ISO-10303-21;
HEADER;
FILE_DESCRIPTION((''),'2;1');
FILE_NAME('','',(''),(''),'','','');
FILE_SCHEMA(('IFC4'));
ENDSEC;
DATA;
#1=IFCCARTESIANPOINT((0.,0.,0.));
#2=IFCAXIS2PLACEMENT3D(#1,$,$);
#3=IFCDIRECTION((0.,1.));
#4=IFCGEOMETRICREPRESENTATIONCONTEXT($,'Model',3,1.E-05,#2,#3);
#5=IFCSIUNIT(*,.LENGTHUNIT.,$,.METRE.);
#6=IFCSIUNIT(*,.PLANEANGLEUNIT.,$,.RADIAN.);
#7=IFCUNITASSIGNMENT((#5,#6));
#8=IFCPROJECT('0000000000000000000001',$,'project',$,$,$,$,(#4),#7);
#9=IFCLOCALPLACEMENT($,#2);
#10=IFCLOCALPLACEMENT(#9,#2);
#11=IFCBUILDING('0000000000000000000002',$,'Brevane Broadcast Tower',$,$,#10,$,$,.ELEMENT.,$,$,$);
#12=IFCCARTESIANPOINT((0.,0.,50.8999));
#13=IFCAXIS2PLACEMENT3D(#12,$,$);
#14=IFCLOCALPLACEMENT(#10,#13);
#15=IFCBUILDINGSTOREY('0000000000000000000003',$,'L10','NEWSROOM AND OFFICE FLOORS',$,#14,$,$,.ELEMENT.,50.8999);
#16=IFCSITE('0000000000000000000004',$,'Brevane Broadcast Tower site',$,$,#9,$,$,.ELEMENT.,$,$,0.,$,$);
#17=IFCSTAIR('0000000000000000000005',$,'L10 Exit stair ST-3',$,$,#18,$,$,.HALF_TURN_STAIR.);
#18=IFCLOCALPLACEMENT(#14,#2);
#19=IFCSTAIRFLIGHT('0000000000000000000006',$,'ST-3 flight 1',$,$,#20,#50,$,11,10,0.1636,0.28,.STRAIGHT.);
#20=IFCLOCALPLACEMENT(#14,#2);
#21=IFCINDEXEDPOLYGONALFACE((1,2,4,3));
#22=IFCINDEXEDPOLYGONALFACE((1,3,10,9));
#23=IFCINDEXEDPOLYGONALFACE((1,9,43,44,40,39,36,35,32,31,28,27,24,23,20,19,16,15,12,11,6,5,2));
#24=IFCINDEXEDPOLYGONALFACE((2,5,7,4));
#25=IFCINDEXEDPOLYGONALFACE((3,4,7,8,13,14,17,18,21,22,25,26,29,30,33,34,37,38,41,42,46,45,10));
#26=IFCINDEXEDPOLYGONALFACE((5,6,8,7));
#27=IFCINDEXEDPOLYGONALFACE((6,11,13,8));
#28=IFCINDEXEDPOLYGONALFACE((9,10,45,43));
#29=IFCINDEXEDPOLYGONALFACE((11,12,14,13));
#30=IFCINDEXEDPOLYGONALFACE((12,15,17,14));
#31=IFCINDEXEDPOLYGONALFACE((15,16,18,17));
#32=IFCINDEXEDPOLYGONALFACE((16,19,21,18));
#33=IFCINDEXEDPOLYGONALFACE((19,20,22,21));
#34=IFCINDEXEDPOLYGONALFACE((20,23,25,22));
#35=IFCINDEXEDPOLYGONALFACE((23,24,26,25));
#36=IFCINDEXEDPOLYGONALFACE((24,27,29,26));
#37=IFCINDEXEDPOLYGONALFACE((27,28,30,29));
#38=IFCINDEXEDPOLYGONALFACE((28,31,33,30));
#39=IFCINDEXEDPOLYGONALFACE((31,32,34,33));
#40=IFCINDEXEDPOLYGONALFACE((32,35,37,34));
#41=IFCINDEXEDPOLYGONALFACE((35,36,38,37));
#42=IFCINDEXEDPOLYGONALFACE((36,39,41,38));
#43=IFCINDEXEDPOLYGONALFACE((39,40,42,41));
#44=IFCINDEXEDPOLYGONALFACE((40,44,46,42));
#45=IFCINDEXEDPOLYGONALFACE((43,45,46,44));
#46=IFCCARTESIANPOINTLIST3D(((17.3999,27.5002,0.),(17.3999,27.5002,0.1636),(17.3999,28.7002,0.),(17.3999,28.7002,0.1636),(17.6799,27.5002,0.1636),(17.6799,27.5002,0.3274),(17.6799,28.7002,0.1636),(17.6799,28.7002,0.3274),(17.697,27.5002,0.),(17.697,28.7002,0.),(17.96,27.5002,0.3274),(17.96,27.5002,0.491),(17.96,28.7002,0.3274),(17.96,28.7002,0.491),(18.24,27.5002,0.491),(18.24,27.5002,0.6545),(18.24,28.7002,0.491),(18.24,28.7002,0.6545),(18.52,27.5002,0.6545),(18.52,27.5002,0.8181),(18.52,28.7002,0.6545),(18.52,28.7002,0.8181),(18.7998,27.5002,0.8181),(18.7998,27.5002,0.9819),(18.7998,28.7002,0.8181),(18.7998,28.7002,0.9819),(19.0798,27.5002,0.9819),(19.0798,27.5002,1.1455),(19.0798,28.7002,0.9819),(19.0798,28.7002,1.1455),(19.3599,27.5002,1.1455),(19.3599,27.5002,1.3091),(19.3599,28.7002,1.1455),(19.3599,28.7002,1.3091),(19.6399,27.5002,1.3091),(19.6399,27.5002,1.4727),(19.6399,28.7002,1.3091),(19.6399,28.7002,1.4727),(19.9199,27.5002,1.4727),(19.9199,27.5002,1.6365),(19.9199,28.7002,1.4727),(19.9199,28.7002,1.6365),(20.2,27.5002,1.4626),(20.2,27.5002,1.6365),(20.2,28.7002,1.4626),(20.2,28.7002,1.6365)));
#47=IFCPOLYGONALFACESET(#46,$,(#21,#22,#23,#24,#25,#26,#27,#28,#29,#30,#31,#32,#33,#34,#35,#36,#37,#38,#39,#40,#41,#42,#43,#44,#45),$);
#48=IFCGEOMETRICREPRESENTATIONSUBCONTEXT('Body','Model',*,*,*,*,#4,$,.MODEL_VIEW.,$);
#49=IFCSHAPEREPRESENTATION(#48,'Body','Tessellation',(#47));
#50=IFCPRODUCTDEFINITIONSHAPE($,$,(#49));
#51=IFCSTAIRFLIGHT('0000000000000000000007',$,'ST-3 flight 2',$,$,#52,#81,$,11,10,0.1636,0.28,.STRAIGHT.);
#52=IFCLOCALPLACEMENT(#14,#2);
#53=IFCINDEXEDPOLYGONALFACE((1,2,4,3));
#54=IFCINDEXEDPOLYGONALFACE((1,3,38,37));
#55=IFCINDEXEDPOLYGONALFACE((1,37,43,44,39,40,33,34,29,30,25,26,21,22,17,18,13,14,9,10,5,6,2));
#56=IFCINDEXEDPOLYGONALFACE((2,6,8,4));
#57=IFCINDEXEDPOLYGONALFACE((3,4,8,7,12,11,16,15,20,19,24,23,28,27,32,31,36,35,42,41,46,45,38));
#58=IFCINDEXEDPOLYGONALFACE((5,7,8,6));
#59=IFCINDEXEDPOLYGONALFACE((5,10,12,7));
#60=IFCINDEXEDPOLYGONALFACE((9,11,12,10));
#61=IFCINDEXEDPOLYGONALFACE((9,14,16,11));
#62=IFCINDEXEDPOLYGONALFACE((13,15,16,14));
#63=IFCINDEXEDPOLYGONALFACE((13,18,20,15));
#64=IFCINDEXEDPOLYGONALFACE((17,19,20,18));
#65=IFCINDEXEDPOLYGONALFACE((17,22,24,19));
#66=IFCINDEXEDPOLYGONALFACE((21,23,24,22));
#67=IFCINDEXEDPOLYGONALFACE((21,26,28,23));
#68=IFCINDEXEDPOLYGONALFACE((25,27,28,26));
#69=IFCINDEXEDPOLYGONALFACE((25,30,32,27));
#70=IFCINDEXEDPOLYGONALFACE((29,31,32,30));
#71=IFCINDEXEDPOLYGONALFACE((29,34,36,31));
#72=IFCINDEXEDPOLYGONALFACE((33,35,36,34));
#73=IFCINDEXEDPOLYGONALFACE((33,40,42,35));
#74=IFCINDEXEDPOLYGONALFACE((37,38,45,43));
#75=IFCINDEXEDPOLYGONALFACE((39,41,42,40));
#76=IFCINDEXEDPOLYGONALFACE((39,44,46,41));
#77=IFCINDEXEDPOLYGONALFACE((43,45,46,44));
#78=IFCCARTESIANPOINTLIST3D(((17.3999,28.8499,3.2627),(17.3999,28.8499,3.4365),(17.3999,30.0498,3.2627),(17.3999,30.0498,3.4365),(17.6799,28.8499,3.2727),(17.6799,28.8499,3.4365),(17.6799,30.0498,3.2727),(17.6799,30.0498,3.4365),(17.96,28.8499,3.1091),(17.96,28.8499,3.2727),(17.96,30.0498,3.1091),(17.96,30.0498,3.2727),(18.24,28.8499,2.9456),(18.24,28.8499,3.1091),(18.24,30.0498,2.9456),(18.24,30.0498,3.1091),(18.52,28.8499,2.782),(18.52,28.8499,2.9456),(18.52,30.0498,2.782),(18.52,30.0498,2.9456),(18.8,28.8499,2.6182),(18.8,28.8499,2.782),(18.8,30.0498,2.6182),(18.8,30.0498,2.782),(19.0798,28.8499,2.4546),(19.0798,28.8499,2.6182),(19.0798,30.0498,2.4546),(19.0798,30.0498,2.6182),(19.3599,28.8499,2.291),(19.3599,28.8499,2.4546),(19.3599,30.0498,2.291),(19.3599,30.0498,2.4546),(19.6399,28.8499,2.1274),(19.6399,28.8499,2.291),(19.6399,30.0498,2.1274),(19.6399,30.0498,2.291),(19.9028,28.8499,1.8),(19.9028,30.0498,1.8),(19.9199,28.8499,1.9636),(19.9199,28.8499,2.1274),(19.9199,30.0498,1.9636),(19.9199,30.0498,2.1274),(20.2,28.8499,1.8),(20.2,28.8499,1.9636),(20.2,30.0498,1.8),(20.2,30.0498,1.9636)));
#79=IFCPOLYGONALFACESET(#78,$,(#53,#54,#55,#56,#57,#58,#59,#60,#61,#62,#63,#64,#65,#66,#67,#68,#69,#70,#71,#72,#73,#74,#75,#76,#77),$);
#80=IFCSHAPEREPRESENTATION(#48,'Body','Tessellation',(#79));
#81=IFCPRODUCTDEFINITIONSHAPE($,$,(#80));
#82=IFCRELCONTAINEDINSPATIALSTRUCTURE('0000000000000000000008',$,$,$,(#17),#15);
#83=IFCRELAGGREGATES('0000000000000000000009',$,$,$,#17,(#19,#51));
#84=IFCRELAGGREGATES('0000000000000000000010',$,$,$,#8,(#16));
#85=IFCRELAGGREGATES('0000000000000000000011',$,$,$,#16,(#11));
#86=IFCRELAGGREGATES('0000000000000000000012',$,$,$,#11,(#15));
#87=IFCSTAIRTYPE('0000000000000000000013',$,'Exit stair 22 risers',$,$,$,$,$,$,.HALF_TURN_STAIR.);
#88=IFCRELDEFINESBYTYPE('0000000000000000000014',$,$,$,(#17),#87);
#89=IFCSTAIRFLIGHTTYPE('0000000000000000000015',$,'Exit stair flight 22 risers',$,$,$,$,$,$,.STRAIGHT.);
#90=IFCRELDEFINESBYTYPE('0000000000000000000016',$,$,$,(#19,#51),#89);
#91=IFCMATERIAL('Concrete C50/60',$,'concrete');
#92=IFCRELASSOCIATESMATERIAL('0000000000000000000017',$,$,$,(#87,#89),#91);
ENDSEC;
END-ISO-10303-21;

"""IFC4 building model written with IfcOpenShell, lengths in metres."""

from ifc_helpers import new_model, si_unit, direction, frame, origin, place, context, subcontext, project, spatial, polyline, outline, extrude, material, type_object, element, aggregate, save


model = new_model("IFC4")

# Units and contexts
model_context = context("Model", 3, precision=1e-05, world=origin(), true_north=direction((0.0, 1.0)))
body_context = subcontext(model_context, "Body", "Model", "MODEL_VIEW")
ifc_project = project(units=[si_unit("LENGTHUNIT", "METRE"), si_unit("PLANEANGLEUNIT", "RADIAN")], contexts=[model_context])

# Site, building, storey
site_placement = place(None, origin())
site = spatial("IfcSite", under=ifc_project, at=site_placement, Name="Brevane Broadcast Tower site", CompositionType="ELEMENT", RefElevation=0.0)
building_placement = place(site_placement, origin())
building = spatial("IfcBuilding", under=site, at=building_placement, Name="Brevane Broadcast Tower", CompositionType="ELEMENT")
storey_placement = place(building_placement, frame((0.0, 0.0, 50.8999)))
storey = spatial("IfcBuildingStorey", under=building, at=storey_placement, Name="L10", Description="NEWSROOM AND OFFICE FLOORS", CompositionType="ELEMENT", Elevation=50.8999)

# Stair, stair flights
ifc_material_1 = material(Name="Concrete C50/60", Category="concrete")
stair_type = type_object("IfcStairType", Name="Exit stair 22 risers", PredefinedType="HALF_TURN_STAIR", material=ifc_material_1)
stair_placement = place(storey_placement, origin())
stair = element("IfcStair", 1, at=stair_placement, inside=storey, type_object=stair_type, Name="L10 Exit stair ST-3", PredefinedType="HALF_TURN_STAIR")
stair_flight_type = type_object("IfcStairFlightType", Name="Exit stair flight 22 risers", PredefinedType="STRAIGHT", material=ifc_material_1)
stair_flight_1_placement = place(storey_placement, frame((17.3999, 28.1001, 0.0), z_axis=(0.0, 0.0, 1.0), x_axis=(1.0, 0.0, 0.0)))
stair_flight_1 = element("IfcStairFlight", 2, at=stair_flight_1_placement, type_object=stair_flight_type, Name="ST-3 flight 1", NumberOfRisers=11, NumberOfTreads=10, PredefinedType="STRAIGHT", RiserHeight=0.1636, TreadLength=0.28, context=body_context, shape_type="SweptSolid", body=[
    extrude(outline(polyline([(0.0, 0.0), (0.0, 0.1636), (0.28, 0.1636), (0.28, 0.3274), (0.5601, 0.3274), (0.5601, 0.491), (0.8401, 0.491), (0.8401, 0.6545), (1.1201, 0.6545), (1.1201, 0.8181), (1.3999, 0.8181), (1.3999, 0.9819), (1.6799, 0.9819), (1.6799, 1.1455), (1.96, 1.1455), (1.96, 1.3091), (2.24, 1.3091), (2.24, 1.4727), (2.52, 1.4727), (2.52, 1.6365), (2.8, 1.6365), (2.8, 1.8), (2.8, 1.4626), (0.2971, 0.0), (0.0, 0.0)])), frame((0.0, 0.6001, 0.0), z_axis=(0.0, -1.0, 0.0), x_axis=(1.0, 0.0, 0.0)), (0.0, 0.0, 1.0), 1.2),
])
stair_flight_2_placement = place(storey_placement, frame((20.2, 29.45, 1.8), z_axis=(0.0, 0.0, 1.0), x_axis=(-1.0, 0.0, 0.0)))
stair_flight_2 = element("IfcStairFlight", 3, at=stair_flight_2_placement, type_object=stair_flight_type, Name="ST-3 flight 2", NumberOfRisers=11, NumberOfTreads=10, PredefinedType="STRAIGHT", RiserHeight=0.1636, TreadLength=0.28, context=body_context, shape_type="SweptSolid", body=[
    extrude(outline(polyline([(0.0, 0.0), (0.0, 0.1636), (0.28, 0.1636), (0.28, 0.3274), (0.5601, 0.3274), (0.5601, 0.491), (0.8401, 0.491), (0.8401, 0.6545), (1.1201, 0.6545), (1.1201, 0.8181), (1.3999, 0.8181), (1.3999, 0.9819), (1.6799, 0.9819), (1.6799, 1.1455), (1.96, 1.1455), (1.96, 1.3091), (2.24, 1.3091), (2.24, 1.4727), (2.52, 1.4727), (2.52, 1.6365), (2.8, 1.6365), (2.8, 1.8), (2.8, 1.4626), (0.2971, 0.0), (0.0, 0.0)])), frame((0.0, 0.6001, 0.0), z_axis=(0.0, -1.0, 0.0), x_axis=(1.0, 0.0, 0.0)), (0.0, 0.0, 1.0), 1.2),
])
aggregate(stair, [stair_flight_1, stair_flight_2])

save(model, "model.ifc")
